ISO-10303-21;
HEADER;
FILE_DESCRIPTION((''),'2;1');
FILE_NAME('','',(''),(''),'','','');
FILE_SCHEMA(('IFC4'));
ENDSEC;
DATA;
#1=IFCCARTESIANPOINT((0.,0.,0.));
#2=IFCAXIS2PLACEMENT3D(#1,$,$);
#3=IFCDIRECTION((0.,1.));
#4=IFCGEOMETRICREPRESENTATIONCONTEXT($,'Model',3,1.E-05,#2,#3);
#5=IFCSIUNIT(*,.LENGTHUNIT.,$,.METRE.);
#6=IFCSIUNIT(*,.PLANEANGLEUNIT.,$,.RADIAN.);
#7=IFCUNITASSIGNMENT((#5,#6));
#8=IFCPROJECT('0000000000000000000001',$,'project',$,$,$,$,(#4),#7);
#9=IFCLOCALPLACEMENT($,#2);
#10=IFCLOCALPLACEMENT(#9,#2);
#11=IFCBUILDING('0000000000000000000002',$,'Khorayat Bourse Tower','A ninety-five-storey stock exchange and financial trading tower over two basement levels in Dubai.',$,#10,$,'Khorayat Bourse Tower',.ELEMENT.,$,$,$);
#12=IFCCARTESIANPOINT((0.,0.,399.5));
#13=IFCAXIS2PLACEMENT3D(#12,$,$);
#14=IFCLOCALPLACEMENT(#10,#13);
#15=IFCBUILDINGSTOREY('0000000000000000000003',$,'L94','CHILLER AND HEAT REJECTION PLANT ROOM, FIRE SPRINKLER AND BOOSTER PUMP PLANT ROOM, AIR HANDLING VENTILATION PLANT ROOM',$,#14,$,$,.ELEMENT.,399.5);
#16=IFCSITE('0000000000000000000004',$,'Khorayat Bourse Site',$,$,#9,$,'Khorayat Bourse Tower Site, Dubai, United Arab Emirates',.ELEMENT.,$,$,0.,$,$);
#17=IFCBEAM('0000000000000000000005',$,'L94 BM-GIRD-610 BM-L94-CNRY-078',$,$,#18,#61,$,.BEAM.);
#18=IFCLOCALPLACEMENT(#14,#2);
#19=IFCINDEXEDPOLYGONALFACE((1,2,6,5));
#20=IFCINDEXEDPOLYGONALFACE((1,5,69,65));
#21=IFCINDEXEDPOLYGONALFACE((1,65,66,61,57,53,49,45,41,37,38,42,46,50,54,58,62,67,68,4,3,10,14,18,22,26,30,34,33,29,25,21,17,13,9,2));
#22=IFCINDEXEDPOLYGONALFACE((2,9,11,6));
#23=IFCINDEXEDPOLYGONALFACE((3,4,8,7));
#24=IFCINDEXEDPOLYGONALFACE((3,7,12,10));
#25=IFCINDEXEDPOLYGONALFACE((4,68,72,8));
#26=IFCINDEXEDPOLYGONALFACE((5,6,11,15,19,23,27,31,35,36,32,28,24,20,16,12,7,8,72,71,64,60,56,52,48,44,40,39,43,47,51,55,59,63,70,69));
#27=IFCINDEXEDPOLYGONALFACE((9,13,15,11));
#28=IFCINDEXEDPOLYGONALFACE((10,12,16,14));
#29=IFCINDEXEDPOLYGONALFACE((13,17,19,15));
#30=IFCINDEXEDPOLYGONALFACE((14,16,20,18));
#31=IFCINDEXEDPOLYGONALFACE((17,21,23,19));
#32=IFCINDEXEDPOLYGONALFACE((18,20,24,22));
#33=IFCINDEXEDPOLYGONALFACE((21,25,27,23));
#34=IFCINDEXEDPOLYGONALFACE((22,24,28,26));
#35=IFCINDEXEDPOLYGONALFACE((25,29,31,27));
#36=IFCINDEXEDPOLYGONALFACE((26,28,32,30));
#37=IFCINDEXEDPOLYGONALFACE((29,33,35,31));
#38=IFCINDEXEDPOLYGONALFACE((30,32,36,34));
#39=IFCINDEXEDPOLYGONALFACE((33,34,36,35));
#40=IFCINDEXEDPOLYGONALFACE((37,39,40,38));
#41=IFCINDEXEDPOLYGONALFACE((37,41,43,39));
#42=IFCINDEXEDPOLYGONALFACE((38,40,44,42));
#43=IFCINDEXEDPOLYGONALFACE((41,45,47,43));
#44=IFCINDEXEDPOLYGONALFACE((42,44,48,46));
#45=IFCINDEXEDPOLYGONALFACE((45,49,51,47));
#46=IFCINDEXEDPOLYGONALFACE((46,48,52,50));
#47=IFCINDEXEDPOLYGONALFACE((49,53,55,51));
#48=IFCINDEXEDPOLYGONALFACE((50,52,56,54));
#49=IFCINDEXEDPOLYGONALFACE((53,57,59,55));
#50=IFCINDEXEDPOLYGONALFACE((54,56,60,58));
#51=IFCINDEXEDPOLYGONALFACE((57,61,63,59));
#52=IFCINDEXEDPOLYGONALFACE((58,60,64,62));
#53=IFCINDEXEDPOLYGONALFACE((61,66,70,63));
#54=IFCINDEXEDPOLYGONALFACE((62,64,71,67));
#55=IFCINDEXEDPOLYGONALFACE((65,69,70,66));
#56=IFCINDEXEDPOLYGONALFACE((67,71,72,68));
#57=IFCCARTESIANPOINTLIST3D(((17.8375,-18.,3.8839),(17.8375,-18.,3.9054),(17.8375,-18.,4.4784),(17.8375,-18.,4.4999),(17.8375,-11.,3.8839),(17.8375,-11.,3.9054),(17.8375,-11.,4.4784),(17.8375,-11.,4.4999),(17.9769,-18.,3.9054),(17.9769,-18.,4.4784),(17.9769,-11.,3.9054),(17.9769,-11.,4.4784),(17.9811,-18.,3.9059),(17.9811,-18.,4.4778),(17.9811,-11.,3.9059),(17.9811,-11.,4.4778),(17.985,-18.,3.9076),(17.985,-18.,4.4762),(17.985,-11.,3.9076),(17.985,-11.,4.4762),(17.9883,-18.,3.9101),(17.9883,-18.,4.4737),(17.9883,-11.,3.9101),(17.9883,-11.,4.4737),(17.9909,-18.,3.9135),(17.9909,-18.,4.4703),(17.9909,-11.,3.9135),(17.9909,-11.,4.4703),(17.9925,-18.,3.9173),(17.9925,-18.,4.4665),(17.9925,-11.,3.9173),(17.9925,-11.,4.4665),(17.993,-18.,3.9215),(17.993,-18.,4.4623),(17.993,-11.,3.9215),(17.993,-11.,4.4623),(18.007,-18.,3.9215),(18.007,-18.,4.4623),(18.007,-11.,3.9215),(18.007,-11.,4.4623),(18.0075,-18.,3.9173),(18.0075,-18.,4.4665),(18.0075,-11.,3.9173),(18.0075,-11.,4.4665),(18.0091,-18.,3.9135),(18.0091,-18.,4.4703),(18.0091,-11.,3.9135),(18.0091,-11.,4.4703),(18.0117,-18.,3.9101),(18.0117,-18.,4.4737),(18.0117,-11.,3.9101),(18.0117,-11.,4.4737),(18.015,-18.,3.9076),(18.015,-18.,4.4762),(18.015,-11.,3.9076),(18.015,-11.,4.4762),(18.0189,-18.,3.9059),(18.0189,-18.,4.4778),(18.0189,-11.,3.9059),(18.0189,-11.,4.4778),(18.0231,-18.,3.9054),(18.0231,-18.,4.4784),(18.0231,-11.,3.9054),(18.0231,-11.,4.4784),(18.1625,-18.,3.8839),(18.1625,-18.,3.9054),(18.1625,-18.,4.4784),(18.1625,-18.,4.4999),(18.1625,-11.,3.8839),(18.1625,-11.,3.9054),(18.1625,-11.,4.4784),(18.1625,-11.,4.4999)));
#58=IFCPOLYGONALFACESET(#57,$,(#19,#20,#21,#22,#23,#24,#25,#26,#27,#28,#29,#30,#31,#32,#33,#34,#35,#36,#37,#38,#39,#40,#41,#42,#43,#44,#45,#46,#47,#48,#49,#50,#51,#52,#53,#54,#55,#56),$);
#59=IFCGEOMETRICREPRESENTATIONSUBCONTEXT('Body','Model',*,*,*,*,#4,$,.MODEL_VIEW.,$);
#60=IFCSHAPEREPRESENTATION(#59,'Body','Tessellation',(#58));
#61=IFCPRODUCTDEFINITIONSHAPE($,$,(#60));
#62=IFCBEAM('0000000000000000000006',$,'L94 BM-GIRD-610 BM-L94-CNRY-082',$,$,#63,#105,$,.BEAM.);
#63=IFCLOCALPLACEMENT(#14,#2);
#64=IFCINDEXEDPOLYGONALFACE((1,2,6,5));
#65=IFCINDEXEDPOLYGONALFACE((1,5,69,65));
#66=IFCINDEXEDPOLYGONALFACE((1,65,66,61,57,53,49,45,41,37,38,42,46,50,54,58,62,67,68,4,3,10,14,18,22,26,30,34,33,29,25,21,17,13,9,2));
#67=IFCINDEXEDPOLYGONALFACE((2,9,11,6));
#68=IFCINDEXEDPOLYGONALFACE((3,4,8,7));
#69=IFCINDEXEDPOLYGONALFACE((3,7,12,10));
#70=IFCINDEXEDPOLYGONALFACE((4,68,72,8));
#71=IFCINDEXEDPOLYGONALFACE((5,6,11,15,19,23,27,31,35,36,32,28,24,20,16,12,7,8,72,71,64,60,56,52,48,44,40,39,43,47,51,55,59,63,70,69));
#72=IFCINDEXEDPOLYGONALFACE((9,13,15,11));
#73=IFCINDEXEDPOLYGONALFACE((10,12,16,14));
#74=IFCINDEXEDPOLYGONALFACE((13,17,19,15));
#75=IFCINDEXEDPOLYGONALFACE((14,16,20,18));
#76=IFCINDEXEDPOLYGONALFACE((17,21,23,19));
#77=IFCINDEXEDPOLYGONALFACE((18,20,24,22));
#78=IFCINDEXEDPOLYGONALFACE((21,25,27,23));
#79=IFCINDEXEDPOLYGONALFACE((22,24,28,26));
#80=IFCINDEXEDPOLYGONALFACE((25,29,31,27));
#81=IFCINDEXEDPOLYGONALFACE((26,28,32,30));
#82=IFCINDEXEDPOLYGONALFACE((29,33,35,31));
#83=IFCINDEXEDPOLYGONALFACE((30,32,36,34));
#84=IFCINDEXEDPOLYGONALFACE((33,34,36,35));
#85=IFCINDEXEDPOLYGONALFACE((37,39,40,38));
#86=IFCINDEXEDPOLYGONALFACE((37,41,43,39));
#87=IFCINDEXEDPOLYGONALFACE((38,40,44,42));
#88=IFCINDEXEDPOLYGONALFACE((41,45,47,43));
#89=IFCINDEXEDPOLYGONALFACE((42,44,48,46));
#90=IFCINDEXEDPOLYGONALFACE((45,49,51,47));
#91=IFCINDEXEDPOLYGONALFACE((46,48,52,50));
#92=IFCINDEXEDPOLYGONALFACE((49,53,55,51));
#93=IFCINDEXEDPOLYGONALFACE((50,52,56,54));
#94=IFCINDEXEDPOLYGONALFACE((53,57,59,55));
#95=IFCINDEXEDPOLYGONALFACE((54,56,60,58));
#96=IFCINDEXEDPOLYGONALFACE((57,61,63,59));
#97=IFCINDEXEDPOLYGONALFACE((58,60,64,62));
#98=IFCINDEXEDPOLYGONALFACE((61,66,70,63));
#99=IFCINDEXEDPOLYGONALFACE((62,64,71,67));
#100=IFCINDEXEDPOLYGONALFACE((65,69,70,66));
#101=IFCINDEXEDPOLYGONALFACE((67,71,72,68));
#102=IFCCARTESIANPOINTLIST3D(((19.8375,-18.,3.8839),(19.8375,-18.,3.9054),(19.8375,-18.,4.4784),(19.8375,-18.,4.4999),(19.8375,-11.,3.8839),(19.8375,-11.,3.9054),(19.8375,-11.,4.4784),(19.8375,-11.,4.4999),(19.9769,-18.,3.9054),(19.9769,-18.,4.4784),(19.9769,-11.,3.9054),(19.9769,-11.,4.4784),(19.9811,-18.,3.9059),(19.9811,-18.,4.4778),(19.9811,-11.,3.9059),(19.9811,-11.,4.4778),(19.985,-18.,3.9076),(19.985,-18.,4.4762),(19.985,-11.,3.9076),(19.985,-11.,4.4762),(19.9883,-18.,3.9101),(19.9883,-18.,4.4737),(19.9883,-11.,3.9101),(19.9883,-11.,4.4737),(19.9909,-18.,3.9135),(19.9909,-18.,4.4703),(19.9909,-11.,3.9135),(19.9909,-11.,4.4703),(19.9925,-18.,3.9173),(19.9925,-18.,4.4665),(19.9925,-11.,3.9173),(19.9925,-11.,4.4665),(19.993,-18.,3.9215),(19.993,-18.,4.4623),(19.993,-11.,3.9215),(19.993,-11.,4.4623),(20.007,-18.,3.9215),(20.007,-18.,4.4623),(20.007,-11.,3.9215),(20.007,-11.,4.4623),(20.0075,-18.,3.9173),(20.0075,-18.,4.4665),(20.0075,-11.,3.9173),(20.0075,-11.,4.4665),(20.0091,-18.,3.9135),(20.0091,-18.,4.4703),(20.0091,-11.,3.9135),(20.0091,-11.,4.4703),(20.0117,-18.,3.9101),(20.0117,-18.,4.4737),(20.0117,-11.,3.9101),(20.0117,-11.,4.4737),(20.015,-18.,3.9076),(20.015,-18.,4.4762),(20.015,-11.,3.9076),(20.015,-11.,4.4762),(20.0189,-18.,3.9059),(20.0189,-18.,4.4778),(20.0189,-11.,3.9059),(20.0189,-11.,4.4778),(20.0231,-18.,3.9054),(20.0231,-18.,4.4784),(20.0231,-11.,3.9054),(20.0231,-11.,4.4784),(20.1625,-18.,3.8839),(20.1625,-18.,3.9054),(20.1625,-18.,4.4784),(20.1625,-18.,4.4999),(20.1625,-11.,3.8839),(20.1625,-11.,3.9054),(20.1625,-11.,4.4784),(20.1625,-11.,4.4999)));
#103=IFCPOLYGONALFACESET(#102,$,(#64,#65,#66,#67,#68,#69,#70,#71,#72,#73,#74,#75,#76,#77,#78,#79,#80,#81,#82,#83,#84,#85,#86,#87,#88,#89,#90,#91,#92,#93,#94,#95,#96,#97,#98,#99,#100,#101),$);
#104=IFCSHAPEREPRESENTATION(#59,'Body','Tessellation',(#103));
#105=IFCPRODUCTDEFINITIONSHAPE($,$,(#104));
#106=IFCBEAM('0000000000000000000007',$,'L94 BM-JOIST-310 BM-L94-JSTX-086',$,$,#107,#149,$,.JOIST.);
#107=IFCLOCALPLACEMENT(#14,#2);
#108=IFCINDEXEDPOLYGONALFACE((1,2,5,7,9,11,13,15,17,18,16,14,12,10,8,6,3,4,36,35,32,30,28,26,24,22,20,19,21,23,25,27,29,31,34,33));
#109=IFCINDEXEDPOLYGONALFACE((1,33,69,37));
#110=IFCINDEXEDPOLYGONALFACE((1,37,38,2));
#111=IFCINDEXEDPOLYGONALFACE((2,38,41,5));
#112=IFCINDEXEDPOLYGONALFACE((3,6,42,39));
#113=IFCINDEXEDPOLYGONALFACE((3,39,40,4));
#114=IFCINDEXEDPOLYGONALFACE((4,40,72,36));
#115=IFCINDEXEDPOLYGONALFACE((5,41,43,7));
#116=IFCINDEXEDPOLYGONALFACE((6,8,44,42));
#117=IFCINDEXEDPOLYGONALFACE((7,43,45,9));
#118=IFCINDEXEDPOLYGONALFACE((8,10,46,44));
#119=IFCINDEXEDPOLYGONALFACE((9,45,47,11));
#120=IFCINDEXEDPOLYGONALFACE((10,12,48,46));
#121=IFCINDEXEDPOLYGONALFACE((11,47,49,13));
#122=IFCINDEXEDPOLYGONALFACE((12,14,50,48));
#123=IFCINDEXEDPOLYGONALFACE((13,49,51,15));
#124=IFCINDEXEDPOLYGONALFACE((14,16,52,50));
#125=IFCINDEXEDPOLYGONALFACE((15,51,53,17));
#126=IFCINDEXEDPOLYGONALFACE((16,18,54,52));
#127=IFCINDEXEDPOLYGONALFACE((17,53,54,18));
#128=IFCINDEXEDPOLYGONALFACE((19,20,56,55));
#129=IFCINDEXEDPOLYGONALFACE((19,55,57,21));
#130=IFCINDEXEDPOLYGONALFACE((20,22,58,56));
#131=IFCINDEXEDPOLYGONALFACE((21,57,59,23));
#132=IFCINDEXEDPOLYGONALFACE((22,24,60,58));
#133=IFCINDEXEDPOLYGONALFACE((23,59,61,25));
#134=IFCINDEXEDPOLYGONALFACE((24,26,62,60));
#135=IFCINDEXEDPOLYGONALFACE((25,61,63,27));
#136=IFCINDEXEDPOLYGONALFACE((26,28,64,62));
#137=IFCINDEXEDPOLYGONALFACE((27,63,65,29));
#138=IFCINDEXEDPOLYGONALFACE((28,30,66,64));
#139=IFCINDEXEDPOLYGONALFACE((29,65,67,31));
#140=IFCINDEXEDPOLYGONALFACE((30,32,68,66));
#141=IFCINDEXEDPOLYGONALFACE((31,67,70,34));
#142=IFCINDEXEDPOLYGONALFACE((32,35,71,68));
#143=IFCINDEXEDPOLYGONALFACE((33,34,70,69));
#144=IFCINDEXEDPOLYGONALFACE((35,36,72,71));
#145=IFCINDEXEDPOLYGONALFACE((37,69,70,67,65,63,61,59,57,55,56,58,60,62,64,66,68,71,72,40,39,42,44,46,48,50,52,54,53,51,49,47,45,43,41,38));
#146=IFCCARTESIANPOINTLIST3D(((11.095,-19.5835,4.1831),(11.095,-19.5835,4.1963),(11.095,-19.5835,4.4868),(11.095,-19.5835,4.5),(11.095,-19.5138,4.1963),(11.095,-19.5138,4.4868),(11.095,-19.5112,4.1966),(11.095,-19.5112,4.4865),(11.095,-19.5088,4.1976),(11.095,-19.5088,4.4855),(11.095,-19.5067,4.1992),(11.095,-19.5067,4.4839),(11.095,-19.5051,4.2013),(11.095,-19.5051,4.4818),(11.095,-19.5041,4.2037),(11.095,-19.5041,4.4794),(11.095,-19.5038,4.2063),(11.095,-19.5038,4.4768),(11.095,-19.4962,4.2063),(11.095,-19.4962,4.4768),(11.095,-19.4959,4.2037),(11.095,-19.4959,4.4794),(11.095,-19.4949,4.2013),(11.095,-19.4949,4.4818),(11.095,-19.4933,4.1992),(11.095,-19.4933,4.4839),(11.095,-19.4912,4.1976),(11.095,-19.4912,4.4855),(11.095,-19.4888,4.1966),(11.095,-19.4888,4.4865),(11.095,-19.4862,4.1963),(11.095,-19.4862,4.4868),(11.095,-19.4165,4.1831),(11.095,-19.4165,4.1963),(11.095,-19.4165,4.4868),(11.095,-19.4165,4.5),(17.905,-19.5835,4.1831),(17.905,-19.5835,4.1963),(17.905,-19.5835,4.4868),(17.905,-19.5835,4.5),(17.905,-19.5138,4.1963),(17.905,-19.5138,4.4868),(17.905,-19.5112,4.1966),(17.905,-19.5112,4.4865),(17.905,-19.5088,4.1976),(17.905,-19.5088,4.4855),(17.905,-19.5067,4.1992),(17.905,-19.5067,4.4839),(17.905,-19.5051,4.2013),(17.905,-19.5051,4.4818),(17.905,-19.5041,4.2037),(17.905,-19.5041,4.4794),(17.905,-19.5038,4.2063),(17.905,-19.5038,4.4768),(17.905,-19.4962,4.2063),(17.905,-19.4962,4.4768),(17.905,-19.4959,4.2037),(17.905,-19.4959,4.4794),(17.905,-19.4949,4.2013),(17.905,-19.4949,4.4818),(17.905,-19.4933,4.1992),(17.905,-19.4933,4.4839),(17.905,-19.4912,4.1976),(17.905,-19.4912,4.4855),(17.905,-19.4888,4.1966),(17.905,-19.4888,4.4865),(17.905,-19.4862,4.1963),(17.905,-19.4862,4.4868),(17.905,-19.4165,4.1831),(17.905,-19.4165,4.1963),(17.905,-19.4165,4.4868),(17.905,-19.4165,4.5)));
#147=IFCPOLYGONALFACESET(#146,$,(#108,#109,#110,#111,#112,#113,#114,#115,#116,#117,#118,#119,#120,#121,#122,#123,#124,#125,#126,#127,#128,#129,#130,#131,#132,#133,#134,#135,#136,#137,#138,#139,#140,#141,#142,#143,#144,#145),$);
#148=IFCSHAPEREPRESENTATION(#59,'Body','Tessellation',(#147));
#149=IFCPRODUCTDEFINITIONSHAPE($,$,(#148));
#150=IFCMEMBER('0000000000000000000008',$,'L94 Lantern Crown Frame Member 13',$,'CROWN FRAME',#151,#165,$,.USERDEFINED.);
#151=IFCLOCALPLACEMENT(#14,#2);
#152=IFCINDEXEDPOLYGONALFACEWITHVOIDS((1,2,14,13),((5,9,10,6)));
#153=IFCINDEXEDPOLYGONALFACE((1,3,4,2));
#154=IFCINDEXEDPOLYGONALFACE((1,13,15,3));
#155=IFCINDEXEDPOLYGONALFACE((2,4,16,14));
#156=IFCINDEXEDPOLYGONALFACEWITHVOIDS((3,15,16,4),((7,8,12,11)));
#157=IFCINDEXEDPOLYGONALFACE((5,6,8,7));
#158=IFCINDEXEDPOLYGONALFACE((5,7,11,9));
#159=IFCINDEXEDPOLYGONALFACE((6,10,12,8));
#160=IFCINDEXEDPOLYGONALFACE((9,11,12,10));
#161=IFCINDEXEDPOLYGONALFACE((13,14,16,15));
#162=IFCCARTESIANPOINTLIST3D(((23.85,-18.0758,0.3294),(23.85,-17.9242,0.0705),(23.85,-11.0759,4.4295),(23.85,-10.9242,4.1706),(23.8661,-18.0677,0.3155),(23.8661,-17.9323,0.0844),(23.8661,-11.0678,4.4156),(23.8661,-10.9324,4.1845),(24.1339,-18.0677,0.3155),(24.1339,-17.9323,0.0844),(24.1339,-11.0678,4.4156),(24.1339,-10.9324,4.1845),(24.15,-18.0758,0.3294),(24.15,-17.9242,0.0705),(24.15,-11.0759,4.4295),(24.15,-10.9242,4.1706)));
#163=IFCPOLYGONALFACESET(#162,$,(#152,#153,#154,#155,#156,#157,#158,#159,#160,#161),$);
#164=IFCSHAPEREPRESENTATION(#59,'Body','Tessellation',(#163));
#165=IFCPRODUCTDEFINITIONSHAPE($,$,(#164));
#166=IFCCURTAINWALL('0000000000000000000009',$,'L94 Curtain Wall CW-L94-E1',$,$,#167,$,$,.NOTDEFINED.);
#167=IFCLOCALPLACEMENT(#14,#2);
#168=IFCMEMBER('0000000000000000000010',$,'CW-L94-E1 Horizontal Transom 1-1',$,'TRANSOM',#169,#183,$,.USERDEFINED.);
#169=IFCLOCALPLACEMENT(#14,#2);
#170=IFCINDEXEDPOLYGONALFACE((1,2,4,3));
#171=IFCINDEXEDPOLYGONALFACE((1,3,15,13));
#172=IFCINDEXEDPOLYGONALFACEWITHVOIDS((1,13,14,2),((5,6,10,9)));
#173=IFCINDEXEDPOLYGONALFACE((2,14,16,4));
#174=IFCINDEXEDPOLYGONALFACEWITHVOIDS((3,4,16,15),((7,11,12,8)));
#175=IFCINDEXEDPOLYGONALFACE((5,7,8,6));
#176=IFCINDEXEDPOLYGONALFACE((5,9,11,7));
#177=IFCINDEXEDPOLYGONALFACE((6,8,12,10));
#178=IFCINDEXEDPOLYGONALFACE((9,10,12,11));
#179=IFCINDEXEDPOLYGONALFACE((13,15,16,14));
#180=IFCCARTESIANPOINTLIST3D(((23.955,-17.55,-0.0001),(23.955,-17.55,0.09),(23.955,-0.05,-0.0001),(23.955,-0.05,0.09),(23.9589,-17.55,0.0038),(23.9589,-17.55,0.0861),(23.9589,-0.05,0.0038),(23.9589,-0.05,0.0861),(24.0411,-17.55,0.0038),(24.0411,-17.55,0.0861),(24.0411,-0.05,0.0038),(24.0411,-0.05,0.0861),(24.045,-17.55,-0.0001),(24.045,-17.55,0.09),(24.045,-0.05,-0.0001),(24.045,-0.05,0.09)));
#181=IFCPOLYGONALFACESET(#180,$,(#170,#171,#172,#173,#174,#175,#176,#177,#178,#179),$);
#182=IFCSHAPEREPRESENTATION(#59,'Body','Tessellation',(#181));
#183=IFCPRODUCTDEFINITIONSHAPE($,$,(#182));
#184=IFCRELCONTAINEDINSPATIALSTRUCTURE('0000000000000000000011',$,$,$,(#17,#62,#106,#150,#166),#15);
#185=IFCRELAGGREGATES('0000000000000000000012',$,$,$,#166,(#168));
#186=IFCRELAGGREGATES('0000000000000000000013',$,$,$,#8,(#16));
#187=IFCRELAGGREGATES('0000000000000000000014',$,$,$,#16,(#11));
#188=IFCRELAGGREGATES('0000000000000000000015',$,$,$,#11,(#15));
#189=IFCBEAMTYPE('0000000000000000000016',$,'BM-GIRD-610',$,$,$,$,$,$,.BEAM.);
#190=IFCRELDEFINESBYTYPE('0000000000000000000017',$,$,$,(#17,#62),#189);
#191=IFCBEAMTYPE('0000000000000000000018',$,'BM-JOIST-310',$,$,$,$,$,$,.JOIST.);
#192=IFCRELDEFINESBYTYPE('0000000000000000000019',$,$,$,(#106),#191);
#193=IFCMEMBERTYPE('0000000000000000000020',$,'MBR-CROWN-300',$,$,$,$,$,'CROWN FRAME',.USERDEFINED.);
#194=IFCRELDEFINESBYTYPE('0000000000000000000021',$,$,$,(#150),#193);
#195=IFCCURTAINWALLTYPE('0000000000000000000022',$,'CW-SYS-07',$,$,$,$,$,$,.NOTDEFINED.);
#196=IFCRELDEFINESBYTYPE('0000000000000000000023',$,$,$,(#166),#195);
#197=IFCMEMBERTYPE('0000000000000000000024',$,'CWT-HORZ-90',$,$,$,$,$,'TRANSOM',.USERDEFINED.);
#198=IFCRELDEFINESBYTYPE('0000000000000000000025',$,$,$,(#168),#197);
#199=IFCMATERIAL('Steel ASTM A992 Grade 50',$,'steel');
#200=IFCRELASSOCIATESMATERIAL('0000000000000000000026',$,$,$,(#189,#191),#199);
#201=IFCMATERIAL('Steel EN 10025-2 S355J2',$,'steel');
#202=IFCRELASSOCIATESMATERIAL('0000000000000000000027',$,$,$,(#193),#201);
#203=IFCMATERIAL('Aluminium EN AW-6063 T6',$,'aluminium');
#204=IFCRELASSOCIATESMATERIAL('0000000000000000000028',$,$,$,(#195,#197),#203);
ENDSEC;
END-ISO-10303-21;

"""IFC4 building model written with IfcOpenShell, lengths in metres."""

from ifc_helpers import new_model, si_unit, direction, frame, origin, origin_2d, place, context, subcontext, project, spatial, hollow_rectangle, i_section, extrude, source, transform, mapped, material, material_profile, profile_set, type_object, element, aggregate, save


model = new_model("IFC4")

# Units and contexts
model_context = context("Model", 3, precision=1e-05, world=origin(), true_north=direction((0.0, 1.0)))
body_context = subcontext(model_context, "Body", "Model", "MODEL_VIEW")
ifc_project = project(units=[si_unit("LENGTHUNIT", "METRE"), si_unit("PLANEANGLEUNIT", "RADIAN")], contexts=[model_context])

# Site, building, storey
site_placement = place(None, origin())
site = spatial("IfcSite", under=ifc_project, at=site_placement, Name="Khorayat Bourse Site", LongName="Khorayat Bourse Tower Site, Dubai, United Arab Emirates", CompositionType="ELEMENT", RefElevation=0.0)
building_placement = place(site_placement, origin())
building = spatial("IfcBuilding", under=site, at=building_placement, Name="Khorayat Bourse Tower", Description="A ninety-five-storey stock exchange and financial trading tower over two basement levels in Dubai.", LongName="Khorayat Bourse Tower", CompositionType="ELEMENT")
storey_placement = place(building_placement, frame((0.0, 0.0, 399.5)))
storey = spatial("IfcBuildingStorey", under=building, at=storey_placement, Name="L94", Description="CHILLER AND HEAT REJECTION PLANT ROOM, FIRE SPRINKLER AND BOOSTER PUMP PLANT ROOM, AIR HANDLING VENTILATION PLANT ROOM", CompositionType="ELEMENT", Elevation=399.5)

# Shared definitions
ifc_material_1 = material(Name="Steel EN 10025-2 S355J2", Category="steel")

# Beams
ifc_material_2 = material(Name="Steel ASTM A992 Grade 50", Category="steel")
ifc_material_profile_1 = material_profile(ifc_material_2, i_section(OverallWidth=0.325, OverallDepth=0.616, WebThickness=0.0139, FlangeThickness=0.0215, FilletRadius=0.0161, at=origin_2d()), Name="W610X174")
ifc_profile_set_1 = profile_set([ifc_material_profile_1], Name="Steel ASTM A992 Grade 50")
beam_type_1 = type_object("IfcBeamType", Name="BM-GIRD-610", PredefinedType="BEAM", material=ifc_profile_set_1)
shared_shape_1 = source(origin(), body_context, "Body", "SweptSolid", [
    extrude(i_section(OverallWidth=0.325, OverallDepth=0.616, WebThickness=0.0139, FlangeThickness=0.0215, FilletRadius=0.0161, at=origin_2d()), origin(), (0.0, 0.0, 1.0), 7.0),
])
for number, where, z_axis, x_axis, name in (
    (1, (18.0, -18.0, 4.1919), (0.0, 1.0, 0.0), (-1.0, 0.0, 0.0), "L94 BM-GIRD-610 BM-L94-CNRY-078"),
    (2, (20.0, -18.0, 4.1919), (0.0, 1.0, 0.0), (-1.0, 0.0, 0.0), "L94 BM-GIRD-610 BM-L94-CNRY-082"),
):
    element("IfcBeam", number, at=place(storey_placement, frame(where, z_axis=z_axis, x_axis=x_axis)), inside=storey, type_object=beam_type_1, Name=name, PredefinedType="BEAM", context=body_context, shape_type="MappedRepresentation", body=[
        mapped(shared_shape_1, transform((0.0, 0.0, 0.0), scale=1.0)),
    ])
ifc_material_profile_2 = material_profile(ifc_material_2, i_section(OverallWidth=0.167, OverallDepth=0.3169, WebThickness=0.0076, FlangeThickness=0.0132, FilletRadius=0.01, at=origin_2d()), Name="W310X52")
ifc_profile_set_2 = profile_set([ifc_material_profile_2], Name="Steel ASTM A992 Grade 50")
beam_type_2 = type_object("IfcBeamType", Name="BM-JOIST-310", PredefinedType="JOIST", material=ifc_profile_set_2)
shared_shape_2 = source(origin(), body_context, "Body", "SweptSolid", [
    extrude(i_section(OverallWidth=0.167, OverallDepth=0.3169, WebThickness=0.0076, FlangeThickness=0.0132, FilletRadius=0.01, at=origin_2d()), origin(), (0.0, 0.0, 1.0), 6.8101),
])
beam_1_placement = place(storey_placement, frame((11.095, -19.5, 4.3416), z_axis=(1.0, 0.0, 0.0), x_axis=(0.0, 1.0, 0.0)))
element("IfcBeam", 3, at=beam_1_placement, inside=storey, type_object=beam_type_2, Name="L94 BM-JOIST-310 BM-L94-JSTX-086", PredefinedType="JOIST", context=body_context, shape_type="MappedRepresentation", body=[
    mapped(shared_shape_2, transform((0.0, 0.0, 0.0), scale=1.0)),
])

# Member
ifc_material_profile_3 = material_profile(ifc_material_1, hollow_rectangle(XDim=0.3, YDim=0.3, WallThickness=0.0161, at=origin_2d()), Name="HSS 300x300x16")
ifc_profile_set_3 = profile_set([ifc_material_profile_3], Name="Steel EN 10025-2 S355J2")
member_type_1 = type_object("IfcMemberType", Name="MBR-CROWN-300", ElementType="CROWN FRAME", PredefinedType="USERDEFINED", material=ifc_profile_set_3)
shared_shape_3 = source(origin(), body_context, "Body", "SweptSolid", [
    extrude(hollow_rectangle(XDim=0.3, YDim=0.3, WallThickness=0.0161, at=origin_2d()), origin(), (0.0, 0.0, 1.0), 8.1123),
])
member_1_placement = place(storey_placement, frame((24.0, -18.0, 0.2), z_axis=(0.0, 0.862878, 0.505412), x_axis=(-1.0, 0.0, 0.0)))
element("IfcMember", 4, at=member_1_placement, inside=storey, type_object=member_type_1, Name="L94 Lantern Crown Frame Member 13", ObjectType="CROWN FRAME", PredefinedType="USERDEFINED", context=body_context, shape_type="MappedRepresentation", body=[
    mapped(shared_shape_3, transform((0.0, 0.0, 0.0), scale=1.0)),
])

# Curtain wall, member
ifc_material_3 = material(Name="Aluminium EN AW-6063 T6", Category="aluminium")
curtain_wall_type = type_object("IfcCurtainWallType", Name="CW-SYS-07", PredefinedType="NOTDEFINED", material=ifc_material_3)
curtain_wall_1_placement = place(storey_placement, origin())
curtain_wall_1 = element("IfcCurtainWall", 5, at=curtain_wall_1_placement, inside=storey, type_object=curtain_wall_type, Name="L94 Curtain Wall CW-L94-E1", PredefinedType="NOTDEFINED")
ifc_material_profile_4 = material_profile(ifc_material_3, hollow_rectangle(XDim=0.0901, YDim=0.0901, WallThickness=0.0039, at=origin_2d()), Name="ALU 90x90x4")
ifc_profile_set_4 = profile_set([ifc_material_profile_4], Name="Aluminium EN AW-6063 T6")
member_type_2 = type_object("IfcMemberType", Name="CWT-HORZ-90", ElementType="TRANSOM", PredefinedType="USERDEFINED", material=ifc_profile_set_4)
shared_shape_4 = source(origin(), body_context, "Body", "SweptSolid", [
    extrude(hollow_rectangle(XDim=0.0901, YDim=0.0901, WallThickness=0.0039, at=origin_2d()), origin(), (0.0, 0.0, 1.0), 17.5),
])
member_2_placement = place(storey_placement, frame((24.0, -17.55, 0.0449), z_axis=(0.0, 1.0, 0.0), x_axis=(-1.0, 0.0, 0.0)))
member_2 = element("IfcMember", 6, at=member_2_placement, type_object=member_type_2, Name="CW-L94-E1 Horizontal Transom 1-1", ObjectType="TRANSOM", PredefinedType="USERDEFINED", context=body_context, shape_type="MappedRepresentation", body=[
    mapped(shared_shape_4, transform((0.0, 0.0, 0.0), scale=1.0)),
])

aggregate(curtain_wall_1, [member_2])

save(model, "model.ifc")
